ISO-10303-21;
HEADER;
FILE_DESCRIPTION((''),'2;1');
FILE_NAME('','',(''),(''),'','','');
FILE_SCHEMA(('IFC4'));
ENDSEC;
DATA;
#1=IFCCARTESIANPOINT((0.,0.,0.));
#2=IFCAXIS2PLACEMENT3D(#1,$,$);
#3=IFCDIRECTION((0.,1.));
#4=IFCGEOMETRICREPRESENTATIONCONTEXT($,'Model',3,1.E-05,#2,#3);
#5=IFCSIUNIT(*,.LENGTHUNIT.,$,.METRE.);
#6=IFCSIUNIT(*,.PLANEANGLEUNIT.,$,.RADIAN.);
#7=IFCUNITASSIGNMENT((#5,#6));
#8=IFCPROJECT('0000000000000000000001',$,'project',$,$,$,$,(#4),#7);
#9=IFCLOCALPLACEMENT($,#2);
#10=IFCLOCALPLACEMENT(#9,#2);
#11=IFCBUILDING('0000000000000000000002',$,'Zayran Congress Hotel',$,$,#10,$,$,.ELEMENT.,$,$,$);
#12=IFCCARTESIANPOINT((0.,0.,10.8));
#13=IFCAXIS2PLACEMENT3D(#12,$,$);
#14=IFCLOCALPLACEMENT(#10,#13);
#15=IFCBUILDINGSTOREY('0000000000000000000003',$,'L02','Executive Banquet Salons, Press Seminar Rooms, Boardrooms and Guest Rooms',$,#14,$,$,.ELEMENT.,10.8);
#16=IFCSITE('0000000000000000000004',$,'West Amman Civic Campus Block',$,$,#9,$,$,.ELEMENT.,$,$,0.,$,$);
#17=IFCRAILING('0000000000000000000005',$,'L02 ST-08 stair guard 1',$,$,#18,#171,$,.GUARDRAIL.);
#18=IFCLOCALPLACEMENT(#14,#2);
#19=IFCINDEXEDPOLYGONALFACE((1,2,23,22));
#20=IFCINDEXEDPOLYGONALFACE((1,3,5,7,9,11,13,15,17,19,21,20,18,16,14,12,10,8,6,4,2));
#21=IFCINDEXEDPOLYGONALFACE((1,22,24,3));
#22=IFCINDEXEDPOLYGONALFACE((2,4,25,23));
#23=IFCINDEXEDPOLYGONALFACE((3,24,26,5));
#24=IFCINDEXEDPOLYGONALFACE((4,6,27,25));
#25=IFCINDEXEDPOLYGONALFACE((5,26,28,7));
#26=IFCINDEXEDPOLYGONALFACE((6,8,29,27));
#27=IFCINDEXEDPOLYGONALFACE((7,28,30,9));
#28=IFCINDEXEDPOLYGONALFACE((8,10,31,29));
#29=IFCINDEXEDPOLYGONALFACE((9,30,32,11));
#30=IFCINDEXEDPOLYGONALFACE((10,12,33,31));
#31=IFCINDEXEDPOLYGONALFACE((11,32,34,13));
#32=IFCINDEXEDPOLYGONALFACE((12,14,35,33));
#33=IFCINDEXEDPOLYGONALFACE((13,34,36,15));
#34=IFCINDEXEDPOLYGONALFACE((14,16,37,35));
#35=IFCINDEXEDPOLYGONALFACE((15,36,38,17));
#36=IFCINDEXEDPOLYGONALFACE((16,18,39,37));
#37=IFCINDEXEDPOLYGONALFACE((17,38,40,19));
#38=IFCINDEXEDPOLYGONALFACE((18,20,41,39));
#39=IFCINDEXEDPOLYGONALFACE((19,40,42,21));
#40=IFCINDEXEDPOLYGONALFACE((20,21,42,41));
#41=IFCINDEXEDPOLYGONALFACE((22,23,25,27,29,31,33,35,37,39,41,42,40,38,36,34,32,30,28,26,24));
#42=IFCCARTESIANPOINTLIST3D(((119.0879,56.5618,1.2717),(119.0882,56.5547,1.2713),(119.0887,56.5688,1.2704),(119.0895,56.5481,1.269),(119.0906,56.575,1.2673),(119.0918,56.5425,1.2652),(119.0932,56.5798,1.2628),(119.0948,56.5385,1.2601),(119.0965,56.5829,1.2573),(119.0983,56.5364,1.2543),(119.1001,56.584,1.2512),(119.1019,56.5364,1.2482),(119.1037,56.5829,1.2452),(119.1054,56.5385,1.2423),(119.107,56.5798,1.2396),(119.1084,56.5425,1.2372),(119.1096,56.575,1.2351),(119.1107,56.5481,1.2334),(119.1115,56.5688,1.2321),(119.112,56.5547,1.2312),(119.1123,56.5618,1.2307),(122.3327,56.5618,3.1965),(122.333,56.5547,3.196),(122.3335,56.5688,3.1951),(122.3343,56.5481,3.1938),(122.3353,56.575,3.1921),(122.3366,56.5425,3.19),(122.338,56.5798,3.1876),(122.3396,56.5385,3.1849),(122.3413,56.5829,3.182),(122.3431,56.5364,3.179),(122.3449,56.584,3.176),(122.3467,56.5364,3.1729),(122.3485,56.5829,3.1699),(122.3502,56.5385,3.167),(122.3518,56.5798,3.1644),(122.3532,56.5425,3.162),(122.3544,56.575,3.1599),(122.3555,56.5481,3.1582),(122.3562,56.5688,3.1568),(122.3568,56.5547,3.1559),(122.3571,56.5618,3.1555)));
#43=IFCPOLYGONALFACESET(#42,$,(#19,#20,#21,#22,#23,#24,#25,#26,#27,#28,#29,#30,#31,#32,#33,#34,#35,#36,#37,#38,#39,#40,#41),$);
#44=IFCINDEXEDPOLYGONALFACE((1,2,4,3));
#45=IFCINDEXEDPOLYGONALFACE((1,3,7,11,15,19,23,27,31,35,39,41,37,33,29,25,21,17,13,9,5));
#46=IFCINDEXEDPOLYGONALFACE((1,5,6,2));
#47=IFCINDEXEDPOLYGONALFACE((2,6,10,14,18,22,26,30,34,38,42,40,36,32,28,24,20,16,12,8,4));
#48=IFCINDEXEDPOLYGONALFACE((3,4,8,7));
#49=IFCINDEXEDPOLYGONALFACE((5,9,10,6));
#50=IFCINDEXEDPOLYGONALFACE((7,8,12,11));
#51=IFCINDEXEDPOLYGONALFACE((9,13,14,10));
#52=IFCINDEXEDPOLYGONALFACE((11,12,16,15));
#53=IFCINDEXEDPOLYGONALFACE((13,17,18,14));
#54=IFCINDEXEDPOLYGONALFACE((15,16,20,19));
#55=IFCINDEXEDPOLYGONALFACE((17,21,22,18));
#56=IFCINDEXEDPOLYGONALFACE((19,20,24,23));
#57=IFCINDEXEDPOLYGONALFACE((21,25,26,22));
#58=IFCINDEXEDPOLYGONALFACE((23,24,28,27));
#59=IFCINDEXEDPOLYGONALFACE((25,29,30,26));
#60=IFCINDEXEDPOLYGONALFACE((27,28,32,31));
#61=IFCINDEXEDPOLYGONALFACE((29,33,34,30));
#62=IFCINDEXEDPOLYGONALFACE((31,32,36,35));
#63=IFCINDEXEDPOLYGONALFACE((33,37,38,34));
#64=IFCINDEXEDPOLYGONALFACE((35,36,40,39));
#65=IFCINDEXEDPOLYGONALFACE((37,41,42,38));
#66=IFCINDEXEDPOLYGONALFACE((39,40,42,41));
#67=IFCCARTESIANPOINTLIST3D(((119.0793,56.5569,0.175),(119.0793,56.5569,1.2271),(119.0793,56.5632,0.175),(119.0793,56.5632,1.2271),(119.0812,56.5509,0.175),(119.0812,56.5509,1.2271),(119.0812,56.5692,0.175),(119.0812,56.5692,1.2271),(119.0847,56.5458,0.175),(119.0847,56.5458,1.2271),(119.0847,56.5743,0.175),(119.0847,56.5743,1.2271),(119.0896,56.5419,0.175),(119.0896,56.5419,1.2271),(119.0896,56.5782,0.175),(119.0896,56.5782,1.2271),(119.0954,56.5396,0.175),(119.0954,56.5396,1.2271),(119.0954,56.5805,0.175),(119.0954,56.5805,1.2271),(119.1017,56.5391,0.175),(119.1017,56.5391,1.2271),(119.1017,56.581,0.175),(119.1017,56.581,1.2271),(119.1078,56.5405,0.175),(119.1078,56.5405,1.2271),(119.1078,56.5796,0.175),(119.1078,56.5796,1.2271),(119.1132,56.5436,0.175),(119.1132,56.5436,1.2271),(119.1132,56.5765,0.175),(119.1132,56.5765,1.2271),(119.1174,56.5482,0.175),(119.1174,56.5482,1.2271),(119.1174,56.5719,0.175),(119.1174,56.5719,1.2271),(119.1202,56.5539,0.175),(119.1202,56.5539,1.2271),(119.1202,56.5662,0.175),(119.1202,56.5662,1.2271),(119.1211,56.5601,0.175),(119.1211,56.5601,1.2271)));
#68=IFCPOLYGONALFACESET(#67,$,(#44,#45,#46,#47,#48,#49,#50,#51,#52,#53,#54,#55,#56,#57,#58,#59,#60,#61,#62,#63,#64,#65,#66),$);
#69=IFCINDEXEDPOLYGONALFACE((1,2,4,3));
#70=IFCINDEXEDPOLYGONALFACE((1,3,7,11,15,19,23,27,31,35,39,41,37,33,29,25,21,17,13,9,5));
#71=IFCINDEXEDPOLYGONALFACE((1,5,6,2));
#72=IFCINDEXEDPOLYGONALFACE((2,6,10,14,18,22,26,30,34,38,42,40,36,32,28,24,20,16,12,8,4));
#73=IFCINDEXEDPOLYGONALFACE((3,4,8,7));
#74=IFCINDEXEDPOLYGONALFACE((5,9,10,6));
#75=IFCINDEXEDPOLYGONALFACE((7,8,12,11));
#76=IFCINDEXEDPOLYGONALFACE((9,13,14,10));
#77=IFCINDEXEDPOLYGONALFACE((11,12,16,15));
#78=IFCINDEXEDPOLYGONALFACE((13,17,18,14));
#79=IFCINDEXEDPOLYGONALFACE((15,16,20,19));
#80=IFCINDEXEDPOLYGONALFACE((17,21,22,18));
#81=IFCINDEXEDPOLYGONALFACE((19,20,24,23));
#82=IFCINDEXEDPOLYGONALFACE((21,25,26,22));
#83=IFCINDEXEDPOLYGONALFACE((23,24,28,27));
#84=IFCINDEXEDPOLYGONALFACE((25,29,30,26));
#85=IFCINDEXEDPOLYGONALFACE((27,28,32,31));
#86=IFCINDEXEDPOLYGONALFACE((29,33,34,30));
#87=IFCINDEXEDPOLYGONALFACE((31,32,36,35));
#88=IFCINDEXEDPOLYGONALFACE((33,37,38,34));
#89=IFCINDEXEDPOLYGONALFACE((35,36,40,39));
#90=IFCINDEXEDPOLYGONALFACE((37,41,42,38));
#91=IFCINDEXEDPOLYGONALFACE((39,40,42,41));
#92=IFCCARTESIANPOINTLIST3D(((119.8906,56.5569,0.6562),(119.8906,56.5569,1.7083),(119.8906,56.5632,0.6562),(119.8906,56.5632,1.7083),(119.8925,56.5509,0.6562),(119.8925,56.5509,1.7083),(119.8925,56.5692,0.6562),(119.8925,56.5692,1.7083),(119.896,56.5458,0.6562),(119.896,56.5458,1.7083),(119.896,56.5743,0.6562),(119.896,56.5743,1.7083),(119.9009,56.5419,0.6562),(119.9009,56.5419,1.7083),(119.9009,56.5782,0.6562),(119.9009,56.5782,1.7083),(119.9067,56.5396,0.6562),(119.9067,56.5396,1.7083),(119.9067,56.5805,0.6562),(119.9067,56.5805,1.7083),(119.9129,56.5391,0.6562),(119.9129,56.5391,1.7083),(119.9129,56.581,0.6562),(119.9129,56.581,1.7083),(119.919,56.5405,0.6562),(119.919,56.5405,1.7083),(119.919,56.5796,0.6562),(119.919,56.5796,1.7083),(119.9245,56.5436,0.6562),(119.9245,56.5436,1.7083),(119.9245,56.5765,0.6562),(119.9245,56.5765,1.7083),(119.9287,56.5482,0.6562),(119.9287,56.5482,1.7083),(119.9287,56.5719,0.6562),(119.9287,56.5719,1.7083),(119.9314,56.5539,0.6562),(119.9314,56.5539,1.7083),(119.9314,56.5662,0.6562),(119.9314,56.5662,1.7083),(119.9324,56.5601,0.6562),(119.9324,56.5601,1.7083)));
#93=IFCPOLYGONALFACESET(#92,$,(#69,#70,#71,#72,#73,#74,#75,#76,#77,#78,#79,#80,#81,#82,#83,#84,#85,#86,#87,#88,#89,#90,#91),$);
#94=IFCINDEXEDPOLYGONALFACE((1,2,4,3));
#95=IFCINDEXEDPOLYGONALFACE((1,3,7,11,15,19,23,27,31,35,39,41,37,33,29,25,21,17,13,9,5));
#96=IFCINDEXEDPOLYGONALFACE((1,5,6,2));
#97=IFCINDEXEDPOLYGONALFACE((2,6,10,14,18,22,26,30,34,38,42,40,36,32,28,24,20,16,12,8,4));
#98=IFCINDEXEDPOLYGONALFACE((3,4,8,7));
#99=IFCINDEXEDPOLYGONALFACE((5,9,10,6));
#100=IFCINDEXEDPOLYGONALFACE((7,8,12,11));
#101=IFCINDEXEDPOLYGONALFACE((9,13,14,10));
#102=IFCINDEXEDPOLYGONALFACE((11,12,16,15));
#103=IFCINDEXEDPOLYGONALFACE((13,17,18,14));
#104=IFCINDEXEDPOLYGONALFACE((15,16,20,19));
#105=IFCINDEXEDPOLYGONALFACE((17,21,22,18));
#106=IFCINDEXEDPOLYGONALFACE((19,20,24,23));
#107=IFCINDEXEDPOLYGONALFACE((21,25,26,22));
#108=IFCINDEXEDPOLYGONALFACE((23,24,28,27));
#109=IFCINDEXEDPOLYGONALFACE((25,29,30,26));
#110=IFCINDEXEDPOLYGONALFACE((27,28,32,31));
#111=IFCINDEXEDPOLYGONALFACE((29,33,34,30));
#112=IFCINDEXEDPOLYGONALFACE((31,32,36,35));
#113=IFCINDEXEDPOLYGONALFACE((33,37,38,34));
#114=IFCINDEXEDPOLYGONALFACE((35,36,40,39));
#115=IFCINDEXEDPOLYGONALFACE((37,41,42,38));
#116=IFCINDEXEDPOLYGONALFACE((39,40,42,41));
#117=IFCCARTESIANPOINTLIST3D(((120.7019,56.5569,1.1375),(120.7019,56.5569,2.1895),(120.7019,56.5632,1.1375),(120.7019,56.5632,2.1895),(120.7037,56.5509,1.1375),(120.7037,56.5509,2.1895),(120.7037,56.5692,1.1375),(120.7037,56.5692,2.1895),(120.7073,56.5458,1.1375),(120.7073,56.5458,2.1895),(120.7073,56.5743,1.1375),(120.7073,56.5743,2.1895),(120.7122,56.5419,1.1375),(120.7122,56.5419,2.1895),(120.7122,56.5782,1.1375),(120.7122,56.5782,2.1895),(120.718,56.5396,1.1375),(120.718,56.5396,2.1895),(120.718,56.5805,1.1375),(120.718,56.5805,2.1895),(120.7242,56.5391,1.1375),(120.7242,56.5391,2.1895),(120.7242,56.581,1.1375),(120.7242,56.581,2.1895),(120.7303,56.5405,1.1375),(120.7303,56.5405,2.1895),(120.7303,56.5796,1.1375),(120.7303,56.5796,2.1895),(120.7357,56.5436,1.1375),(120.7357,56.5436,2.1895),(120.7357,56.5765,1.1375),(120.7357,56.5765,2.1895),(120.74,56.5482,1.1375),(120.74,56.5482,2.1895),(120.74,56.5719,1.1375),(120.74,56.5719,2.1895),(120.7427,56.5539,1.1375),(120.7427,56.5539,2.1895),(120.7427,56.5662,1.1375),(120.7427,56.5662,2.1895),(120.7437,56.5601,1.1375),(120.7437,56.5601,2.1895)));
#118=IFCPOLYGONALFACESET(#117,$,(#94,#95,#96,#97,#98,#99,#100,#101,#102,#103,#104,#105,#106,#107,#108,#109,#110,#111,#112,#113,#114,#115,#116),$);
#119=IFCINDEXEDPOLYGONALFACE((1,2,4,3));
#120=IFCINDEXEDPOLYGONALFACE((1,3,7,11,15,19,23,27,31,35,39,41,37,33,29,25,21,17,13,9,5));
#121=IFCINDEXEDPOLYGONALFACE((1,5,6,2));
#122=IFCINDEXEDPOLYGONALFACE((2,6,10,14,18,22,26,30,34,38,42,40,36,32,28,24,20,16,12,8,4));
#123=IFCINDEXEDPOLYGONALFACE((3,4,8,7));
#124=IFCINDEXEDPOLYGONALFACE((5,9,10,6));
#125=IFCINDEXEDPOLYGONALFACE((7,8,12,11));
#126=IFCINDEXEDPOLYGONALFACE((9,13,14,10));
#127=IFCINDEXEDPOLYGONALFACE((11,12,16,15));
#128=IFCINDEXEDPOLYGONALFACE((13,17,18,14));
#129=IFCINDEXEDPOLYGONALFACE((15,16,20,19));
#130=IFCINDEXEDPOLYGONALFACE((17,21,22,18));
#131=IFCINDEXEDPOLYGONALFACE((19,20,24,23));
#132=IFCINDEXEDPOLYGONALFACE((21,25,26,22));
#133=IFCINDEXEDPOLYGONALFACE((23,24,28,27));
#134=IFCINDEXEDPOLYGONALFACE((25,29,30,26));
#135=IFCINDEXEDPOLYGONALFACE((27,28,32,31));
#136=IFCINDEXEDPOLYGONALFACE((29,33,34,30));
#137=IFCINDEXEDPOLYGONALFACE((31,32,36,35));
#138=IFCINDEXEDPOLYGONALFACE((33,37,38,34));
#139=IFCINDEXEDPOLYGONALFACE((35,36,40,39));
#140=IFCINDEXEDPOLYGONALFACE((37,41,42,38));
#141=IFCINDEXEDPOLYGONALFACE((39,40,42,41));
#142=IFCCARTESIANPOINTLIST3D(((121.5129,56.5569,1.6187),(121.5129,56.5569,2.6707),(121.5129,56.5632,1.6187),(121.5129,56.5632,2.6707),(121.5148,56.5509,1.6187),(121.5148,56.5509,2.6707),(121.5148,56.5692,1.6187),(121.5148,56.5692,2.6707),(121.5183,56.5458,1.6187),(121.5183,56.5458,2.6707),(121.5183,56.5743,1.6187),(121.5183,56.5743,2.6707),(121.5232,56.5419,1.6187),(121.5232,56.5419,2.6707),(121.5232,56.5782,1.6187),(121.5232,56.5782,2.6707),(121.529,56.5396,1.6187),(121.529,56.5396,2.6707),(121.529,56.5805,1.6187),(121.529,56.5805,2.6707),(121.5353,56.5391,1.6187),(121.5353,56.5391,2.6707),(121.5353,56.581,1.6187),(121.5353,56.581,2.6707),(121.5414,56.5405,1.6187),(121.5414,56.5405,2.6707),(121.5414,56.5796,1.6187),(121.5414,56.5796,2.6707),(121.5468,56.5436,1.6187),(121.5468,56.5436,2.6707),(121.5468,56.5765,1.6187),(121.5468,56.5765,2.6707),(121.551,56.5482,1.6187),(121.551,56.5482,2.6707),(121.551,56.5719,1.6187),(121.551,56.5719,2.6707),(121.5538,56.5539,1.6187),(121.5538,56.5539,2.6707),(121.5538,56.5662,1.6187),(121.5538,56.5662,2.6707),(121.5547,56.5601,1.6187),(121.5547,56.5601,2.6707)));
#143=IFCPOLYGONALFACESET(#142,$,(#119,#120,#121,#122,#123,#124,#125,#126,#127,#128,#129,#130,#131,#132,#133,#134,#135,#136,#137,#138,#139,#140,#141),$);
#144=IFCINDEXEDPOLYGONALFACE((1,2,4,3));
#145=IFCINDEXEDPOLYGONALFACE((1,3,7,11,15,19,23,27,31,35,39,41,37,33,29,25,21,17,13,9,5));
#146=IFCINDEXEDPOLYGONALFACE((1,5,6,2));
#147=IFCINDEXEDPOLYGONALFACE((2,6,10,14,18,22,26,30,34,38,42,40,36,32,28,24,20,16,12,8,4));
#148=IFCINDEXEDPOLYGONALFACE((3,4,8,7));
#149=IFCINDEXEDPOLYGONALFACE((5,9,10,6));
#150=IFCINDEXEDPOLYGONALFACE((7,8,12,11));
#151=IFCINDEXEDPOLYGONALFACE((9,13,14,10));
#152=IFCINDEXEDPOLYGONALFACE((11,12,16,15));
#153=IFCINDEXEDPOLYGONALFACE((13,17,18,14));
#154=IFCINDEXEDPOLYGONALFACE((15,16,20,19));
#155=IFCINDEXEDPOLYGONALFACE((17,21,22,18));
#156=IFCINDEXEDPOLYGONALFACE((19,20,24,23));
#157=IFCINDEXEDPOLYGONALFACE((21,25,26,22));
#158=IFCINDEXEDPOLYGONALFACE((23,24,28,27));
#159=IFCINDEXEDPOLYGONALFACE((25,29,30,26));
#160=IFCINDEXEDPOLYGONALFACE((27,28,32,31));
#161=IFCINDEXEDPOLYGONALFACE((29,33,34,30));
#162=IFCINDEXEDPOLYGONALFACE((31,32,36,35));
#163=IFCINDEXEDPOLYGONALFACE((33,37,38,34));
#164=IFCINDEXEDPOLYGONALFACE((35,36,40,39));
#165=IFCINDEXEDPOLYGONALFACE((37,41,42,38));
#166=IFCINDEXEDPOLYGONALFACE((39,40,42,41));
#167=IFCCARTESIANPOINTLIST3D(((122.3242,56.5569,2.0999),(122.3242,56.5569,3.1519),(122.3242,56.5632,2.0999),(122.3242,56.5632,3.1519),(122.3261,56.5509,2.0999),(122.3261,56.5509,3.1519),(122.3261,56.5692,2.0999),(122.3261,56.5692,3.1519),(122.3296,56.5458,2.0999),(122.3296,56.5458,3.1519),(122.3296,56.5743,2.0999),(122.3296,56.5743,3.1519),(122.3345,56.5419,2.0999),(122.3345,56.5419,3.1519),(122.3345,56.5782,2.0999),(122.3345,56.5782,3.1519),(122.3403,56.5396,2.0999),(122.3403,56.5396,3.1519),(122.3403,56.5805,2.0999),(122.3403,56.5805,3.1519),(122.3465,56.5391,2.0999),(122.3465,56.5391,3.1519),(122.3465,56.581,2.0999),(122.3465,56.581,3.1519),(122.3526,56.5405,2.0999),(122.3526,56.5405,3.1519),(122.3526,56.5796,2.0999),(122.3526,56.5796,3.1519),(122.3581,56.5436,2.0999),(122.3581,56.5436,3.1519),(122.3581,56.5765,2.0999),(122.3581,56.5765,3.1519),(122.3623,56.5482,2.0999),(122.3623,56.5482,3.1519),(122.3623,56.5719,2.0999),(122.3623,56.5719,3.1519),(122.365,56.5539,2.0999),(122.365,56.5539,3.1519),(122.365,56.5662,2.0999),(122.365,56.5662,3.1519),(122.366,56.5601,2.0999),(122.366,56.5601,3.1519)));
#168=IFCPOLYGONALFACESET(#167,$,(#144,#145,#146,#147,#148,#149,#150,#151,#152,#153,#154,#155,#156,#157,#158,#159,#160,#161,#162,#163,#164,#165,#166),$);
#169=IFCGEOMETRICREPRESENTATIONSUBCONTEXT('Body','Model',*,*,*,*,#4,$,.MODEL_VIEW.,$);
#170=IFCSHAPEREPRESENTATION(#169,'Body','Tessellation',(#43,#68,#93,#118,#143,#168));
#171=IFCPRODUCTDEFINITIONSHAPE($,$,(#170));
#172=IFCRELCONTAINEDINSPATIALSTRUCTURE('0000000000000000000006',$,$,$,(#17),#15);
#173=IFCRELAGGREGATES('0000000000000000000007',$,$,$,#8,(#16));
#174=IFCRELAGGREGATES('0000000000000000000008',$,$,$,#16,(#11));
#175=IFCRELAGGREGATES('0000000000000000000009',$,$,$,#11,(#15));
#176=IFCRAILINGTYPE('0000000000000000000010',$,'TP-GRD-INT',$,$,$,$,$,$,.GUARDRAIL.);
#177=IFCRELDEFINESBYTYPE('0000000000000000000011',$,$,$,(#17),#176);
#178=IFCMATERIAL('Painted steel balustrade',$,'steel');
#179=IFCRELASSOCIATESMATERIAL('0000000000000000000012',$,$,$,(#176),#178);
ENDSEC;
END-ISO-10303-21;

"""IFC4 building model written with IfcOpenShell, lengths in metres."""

from ifc_helpers import new_model, si_unit, direction, frame, origin, origin_2d, place, context, subcontext, project, spatial, circle, extrude, material, type_object, element, save


model = new_model("IFC4")

# Units and contexts
model_context = context("Model", 3, precision=1e-05, world=origin(), true_north=direction((0.0, 1.0)))
body_context = subcontext(model_context, "Body", "Model", "MODEL_VIEW")
ifc_project = project(units=[si_unit("LENGTHUNIT", "METRE"), si_unit("PLANEANGLEUNIT", "RADIAN")], contexts=[model_context])

# Site, building, storey
site_placement = place(None, origin())
site = spatial("IfcSite", under=ifc_project, at=site_placement, Name="West Amman Civic Campus Block", CompositionType="ELEMENT", RefElevation=0.0)
building_placement = place(site_placement, origin())
building = spatial("IfcBuilding", under=site, at=building_placement, Name="Zayran Congress Hotel", CompositionType="ELEMENT")
storey_placement = place(building_placement, frame((0.0, 0.0, 10.8)))
storey = spatial("IfcBuildingStorey", under=building, at=storey_placement, Name="L02", Description="Executive Banquet Salons, Press Seminar Rooms, Boardrooms and Guest Rooms", CompositionType="ELEMENT", Elevation=10.8)

# Railing
ifc_material_1 = material(Name="Painted steel balustrade", Category="steel")
railing_type_1 = type_object("IfcRailingType", Name="TP-GRD-INT", PredefinedType="GUARDRAIL", material=ifc_material_1)
railing_1_placement = place(storey_placement, frame((119.1001, 56.5601, 0.175)))
element("IfcRailing", 1, at=railing_1_placement, inside=storey, type_object=railing_type_1, Name="L02 ST-08 stair guard 1", PredefinedType="GUARDRAIL", context=body_context, shape_type="SweptSolid", body=[
    extrude(circle(Radius=0.0239, at=origin_2d()), frame((0.0, 0.0, 1.0762), z_axis=(0.860069, 0.0, 0.510178), x_axis=(0.0, 1.0, 0.0)), (0.0, 0.0, 1.0), 3.7727),
    extrude(circle(Radius=0.021, at=origin_2d()), origin(), (0.0, 0.0, 1.0), 1.052),
    extrude(circle(Radius=0.021, at=origin_2d()), frame((0.8113, 0.0, 0.4812)), (0.0, 0.0, 1.0), 1.052),
    extrude(circle(Radius=0.021, at=origin_2d()), frame((1.6226, 0.0, 0.9624)), (0.0, 0.0, 1.0), 1.052),
    extrude(circle(Radius=0.021, at=origin_2d()), frame((2.4336, 0.0, 1.4436)), (0.0, 0.0, 1.0), 1.052),
    extrude(circle(Radius=0.021, at=origin_2d()), frame((3.2449, 0.0, 1.9248)), (0.0, 0.0, 1.0), 1.052),
])

save(model, "model.ifc")
